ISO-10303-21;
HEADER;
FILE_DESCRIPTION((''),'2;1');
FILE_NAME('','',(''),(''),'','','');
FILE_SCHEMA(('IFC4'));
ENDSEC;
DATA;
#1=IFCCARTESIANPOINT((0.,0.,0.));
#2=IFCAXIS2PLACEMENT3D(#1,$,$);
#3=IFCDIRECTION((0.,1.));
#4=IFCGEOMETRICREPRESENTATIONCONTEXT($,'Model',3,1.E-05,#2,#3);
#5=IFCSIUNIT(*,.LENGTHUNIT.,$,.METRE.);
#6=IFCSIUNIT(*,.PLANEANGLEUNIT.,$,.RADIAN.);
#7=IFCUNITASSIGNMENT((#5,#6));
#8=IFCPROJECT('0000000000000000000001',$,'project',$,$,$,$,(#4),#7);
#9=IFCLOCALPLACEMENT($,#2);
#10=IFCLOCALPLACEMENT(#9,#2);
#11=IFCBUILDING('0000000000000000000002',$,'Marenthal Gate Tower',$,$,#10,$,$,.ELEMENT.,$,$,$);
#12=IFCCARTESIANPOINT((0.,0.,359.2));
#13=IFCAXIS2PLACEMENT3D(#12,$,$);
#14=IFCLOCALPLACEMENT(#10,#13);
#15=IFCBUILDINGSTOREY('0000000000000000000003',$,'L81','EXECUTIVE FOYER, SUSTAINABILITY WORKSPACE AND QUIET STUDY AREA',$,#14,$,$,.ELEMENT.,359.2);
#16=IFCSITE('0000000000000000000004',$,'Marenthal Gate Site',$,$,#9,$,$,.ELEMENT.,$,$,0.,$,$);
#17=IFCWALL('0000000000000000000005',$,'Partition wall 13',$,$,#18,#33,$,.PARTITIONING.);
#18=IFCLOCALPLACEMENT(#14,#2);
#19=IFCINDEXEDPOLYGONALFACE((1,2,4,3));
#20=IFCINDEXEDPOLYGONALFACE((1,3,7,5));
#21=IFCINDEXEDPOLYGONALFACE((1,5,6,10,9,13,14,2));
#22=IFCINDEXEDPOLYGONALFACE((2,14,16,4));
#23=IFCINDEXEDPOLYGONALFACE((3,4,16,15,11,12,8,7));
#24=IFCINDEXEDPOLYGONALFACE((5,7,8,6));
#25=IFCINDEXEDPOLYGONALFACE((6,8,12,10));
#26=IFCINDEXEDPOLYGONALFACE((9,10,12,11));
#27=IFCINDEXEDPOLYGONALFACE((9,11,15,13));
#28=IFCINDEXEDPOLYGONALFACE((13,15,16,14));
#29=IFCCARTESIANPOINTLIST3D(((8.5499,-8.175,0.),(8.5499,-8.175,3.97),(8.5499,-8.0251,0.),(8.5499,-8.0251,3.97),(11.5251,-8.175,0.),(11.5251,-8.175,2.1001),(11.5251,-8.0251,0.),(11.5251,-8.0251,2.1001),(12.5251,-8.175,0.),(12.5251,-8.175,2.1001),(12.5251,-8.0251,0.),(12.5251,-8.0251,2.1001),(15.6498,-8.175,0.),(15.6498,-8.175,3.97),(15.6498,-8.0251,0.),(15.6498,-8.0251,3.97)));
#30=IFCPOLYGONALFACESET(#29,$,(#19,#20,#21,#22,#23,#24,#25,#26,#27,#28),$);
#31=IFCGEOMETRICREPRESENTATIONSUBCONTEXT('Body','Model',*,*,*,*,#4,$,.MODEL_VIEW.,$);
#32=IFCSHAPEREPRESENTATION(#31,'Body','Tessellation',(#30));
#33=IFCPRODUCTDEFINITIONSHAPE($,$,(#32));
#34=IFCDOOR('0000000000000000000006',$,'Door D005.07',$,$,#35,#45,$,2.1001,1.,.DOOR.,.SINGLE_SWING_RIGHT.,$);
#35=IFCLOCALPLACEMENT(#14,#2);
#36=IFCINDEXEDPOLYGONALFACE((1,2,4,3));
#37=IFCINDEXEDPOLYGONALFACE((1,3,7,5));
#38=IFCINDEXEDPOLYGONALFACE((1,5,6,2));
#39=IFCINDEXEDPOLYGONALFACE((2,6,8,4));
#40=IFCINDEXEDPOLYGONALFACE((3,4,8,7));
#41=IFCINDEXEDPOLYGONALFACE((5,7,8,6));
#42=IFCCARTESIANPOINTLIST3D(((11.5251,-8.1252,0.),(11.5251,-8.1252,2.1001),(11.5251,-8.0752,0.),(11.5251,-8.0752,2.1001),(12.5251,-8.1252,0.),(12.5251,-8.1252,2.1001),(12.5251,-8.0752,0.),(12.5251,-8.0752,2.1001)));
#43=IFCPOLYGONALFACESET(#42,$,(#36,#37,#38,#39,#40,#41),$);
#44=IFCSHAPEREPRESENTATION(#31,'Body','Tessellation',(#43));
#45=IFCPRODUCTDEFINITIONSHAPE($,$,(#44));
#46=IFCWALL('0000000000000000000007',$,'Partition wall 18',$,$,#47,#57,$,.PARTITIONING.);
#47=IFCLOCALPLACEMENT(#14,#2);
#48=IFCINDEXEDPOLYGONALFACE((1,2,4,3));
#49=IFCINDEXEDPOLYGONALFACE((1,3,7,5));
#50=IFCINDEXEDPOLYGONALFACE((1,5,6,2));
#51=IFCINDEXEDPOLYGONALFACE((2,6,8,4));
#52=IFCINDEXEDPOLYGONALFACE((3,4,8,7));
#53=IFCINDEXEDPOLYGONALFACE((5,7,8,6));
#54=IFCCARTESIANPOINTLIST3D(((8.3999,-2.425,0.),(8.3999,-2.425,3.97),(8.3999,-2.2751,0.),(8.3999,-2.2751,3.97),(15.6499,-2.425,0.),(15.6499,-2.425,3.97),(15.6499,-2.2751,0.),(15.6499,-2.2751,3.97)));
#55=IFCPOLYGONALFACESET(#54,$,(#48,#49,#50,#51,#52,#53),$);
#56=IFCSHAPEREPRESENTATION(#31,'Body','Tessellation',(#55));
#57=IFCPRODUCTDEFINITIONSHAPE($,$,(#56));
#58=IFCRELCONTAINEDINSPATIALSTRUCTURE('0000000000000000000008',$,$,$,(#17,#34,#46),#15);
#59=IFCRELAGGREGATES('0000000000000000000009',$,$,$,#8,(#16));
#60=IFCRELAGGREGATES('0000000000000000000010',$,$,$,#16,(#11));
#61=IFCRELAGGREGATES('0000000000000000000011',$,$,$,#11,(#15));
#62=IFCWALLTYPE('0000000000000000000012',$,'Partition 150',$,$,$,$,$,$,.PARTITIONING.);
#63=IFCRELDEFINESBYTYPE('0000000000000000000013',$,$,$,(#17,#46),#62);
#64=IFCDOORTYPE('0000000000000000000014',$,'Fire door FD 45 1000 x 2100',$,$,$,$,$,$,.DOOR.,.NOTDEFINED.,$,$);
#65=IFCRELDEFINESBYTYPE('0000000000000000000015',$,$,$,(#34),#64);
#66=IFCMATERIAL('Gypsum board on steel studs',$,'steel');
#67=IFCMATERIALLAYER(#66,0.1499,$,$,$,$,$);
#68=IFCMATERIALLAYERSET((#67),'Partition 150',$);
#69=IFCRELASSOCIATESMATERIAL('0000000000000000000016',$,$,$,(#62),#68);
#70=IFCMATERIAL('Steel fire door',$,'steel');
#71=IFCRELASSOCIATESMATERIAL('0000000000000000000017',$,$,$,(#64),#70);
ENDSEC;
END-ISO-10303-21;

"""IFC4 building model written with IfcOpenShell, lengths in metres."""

from ifc_helpers import new_model, si_unit, direction, frame, frame_2d, origin, place, context, subcontext, project, spatial, rectangle, extrude, material, layer, layer_set, type_object, element, fill, save


model = new_model("IFC4")

# Units and contexts
model_context = context("Model", 3, precision=1e-05, world=origin(), true_north=direction((0.0, 1.0)))
body_context = subcontext(model_context, "Body", "Model", "MODEL_VIEW")
ifc_project = project(units=[si_unit("LENGTHUNIT", "METRE"), si_unit("PLANEANGLEUNIT", "RADIAN")], contexts=[model_context])

# Site, building, storey
site_placement = place(None, origin())
site = spatial("IfcSite", under=ifc_project, at=site_placement, Name="Marenthal Gate Site", CompositionType="ELEMENT", RefElevation=0.0)
building_placement = place(site_placement, origin())
building = spatial("IfcBuilding", under=site, at=building_placement, Name="Marenthal Gate Tower", CompositionType="ELEMENT")
storey_placement = place(building_placement, frame((0.0, 0.0, 359.2)))
storey = spatial("IfcBuildingStorey", under=building, at=storey_placement, Name="L81", Description="EXECUTIVE FOYER, SUSTAINABILITY WORKSPACE AND QUIET STUDY AREA", CompositionType="ELEMENT", Elevation=359.2)

# Wall, opening, door
ifc_material_1 = material(Name="Gypsum board on steel studs", Category="steel")
ifc_layer_1 = layer(ifc_material_1, 0.1499)
ifc_layer_set_1 = layer_set([ifc_layer_1], Name="Partition 150")
wall_type_1 = type_object("IfcWallType", Name="Partition 150", PredefinedType="PARTITIONING", material=ifc_layer_set_1)
wall_1_placement = place(storey_placement, frame((8.55, -8.1001, 0.0), z_axis=(0.0, 0.0, 1.0), x_axis=(1.0, 0.0, 0.0)))
wall_1 = element("IfcWall", 1, at=wall_1_placement, inside=storey, type_object=wall_type_1, Name="Partition wall 13", PredefinedType="PARTITIONING", context=body_context, shape_type="SweptSolid", body=[
    extrude(rectangle(XDim=7.0999, YDim=0.1499, at=frame_2d((3.5498, 0.0))), origin(), (0.0, 0.0, 1.0), 3.97),
])
opening_placement = place(wall_1_placement, frame((2.9751, 0.0, 0.0)))
opening = element("IfcOpeningElement", 2, at=opening_placement, cuts=wall_1, PredefinedType="OPENING", context=body_context, shape_type="SweptSolid", body=[
    extrude(rectangle(XDim=1.0, YDim=2.1001, at=frame_2d((0.5, 1.05))), frame((0.0, 0.085, 0.0), z_axis=(0.0, -1.0, 0.0), x_axis=(1.0, 0.0, 0.0)), (0.0, 0.0, 1.0), 0.1699),
])
ifc_material_2 = material(Name="Steel fire door", Category="steel")
door_type = type_object("IfcDoorType", Name="Fire door FD 45 1000 x 2100", OperationType="NOTDEFINED", PredefinedType="DOOR", material=ifc_material_2)
door_placement = place(opening_placement, origin())
door = element("IfcDoor", 3, at=door_placement, inside=storey, type_object=door_type, Name="Door D005.07", OperationType="SINGLE_SWING_RIGHT", OverallHeight=2.1001, OverallWidth=1.0, PredefinedType="DOOR", context=body_context, shape_type="SweptSolid", body=[
    extrude(rectangle(XDim=1.0, YDim=2.1001, at=frame_2d((0.5, 1.05))), frame((0.0, 0.0249, 0.0), z_axis=(0.0, -1.0, 0.0), x_axis=(1.0, 0.0, 0.0)), (0.0, 0.0, 1.0), 0.05),
])
fill(opening, door)

# Wall
wall_2_placement = place(storey_placement, frame((8.3999, -2.3501, 0.0), z_axis=(0.0, 0.0, 1.0), x_axis=(1.0, 0.0, 0.0)))
element("IfcWall", 4, at=wall_2_placement, inside=storey, type_object=wall_type_1, Name="Partition wall 18", PredefinedType="PARTITIONING", context=body_context, shape_type="SweptSolid", body=[
    extrude(rectangle(XDim=7.25, YDim=0.1499, at=frame_2d((3.625, 0.0))), origin(), (0.0, 0.0, 1.0), 3.97),
])

save(model, "model.ifc")
